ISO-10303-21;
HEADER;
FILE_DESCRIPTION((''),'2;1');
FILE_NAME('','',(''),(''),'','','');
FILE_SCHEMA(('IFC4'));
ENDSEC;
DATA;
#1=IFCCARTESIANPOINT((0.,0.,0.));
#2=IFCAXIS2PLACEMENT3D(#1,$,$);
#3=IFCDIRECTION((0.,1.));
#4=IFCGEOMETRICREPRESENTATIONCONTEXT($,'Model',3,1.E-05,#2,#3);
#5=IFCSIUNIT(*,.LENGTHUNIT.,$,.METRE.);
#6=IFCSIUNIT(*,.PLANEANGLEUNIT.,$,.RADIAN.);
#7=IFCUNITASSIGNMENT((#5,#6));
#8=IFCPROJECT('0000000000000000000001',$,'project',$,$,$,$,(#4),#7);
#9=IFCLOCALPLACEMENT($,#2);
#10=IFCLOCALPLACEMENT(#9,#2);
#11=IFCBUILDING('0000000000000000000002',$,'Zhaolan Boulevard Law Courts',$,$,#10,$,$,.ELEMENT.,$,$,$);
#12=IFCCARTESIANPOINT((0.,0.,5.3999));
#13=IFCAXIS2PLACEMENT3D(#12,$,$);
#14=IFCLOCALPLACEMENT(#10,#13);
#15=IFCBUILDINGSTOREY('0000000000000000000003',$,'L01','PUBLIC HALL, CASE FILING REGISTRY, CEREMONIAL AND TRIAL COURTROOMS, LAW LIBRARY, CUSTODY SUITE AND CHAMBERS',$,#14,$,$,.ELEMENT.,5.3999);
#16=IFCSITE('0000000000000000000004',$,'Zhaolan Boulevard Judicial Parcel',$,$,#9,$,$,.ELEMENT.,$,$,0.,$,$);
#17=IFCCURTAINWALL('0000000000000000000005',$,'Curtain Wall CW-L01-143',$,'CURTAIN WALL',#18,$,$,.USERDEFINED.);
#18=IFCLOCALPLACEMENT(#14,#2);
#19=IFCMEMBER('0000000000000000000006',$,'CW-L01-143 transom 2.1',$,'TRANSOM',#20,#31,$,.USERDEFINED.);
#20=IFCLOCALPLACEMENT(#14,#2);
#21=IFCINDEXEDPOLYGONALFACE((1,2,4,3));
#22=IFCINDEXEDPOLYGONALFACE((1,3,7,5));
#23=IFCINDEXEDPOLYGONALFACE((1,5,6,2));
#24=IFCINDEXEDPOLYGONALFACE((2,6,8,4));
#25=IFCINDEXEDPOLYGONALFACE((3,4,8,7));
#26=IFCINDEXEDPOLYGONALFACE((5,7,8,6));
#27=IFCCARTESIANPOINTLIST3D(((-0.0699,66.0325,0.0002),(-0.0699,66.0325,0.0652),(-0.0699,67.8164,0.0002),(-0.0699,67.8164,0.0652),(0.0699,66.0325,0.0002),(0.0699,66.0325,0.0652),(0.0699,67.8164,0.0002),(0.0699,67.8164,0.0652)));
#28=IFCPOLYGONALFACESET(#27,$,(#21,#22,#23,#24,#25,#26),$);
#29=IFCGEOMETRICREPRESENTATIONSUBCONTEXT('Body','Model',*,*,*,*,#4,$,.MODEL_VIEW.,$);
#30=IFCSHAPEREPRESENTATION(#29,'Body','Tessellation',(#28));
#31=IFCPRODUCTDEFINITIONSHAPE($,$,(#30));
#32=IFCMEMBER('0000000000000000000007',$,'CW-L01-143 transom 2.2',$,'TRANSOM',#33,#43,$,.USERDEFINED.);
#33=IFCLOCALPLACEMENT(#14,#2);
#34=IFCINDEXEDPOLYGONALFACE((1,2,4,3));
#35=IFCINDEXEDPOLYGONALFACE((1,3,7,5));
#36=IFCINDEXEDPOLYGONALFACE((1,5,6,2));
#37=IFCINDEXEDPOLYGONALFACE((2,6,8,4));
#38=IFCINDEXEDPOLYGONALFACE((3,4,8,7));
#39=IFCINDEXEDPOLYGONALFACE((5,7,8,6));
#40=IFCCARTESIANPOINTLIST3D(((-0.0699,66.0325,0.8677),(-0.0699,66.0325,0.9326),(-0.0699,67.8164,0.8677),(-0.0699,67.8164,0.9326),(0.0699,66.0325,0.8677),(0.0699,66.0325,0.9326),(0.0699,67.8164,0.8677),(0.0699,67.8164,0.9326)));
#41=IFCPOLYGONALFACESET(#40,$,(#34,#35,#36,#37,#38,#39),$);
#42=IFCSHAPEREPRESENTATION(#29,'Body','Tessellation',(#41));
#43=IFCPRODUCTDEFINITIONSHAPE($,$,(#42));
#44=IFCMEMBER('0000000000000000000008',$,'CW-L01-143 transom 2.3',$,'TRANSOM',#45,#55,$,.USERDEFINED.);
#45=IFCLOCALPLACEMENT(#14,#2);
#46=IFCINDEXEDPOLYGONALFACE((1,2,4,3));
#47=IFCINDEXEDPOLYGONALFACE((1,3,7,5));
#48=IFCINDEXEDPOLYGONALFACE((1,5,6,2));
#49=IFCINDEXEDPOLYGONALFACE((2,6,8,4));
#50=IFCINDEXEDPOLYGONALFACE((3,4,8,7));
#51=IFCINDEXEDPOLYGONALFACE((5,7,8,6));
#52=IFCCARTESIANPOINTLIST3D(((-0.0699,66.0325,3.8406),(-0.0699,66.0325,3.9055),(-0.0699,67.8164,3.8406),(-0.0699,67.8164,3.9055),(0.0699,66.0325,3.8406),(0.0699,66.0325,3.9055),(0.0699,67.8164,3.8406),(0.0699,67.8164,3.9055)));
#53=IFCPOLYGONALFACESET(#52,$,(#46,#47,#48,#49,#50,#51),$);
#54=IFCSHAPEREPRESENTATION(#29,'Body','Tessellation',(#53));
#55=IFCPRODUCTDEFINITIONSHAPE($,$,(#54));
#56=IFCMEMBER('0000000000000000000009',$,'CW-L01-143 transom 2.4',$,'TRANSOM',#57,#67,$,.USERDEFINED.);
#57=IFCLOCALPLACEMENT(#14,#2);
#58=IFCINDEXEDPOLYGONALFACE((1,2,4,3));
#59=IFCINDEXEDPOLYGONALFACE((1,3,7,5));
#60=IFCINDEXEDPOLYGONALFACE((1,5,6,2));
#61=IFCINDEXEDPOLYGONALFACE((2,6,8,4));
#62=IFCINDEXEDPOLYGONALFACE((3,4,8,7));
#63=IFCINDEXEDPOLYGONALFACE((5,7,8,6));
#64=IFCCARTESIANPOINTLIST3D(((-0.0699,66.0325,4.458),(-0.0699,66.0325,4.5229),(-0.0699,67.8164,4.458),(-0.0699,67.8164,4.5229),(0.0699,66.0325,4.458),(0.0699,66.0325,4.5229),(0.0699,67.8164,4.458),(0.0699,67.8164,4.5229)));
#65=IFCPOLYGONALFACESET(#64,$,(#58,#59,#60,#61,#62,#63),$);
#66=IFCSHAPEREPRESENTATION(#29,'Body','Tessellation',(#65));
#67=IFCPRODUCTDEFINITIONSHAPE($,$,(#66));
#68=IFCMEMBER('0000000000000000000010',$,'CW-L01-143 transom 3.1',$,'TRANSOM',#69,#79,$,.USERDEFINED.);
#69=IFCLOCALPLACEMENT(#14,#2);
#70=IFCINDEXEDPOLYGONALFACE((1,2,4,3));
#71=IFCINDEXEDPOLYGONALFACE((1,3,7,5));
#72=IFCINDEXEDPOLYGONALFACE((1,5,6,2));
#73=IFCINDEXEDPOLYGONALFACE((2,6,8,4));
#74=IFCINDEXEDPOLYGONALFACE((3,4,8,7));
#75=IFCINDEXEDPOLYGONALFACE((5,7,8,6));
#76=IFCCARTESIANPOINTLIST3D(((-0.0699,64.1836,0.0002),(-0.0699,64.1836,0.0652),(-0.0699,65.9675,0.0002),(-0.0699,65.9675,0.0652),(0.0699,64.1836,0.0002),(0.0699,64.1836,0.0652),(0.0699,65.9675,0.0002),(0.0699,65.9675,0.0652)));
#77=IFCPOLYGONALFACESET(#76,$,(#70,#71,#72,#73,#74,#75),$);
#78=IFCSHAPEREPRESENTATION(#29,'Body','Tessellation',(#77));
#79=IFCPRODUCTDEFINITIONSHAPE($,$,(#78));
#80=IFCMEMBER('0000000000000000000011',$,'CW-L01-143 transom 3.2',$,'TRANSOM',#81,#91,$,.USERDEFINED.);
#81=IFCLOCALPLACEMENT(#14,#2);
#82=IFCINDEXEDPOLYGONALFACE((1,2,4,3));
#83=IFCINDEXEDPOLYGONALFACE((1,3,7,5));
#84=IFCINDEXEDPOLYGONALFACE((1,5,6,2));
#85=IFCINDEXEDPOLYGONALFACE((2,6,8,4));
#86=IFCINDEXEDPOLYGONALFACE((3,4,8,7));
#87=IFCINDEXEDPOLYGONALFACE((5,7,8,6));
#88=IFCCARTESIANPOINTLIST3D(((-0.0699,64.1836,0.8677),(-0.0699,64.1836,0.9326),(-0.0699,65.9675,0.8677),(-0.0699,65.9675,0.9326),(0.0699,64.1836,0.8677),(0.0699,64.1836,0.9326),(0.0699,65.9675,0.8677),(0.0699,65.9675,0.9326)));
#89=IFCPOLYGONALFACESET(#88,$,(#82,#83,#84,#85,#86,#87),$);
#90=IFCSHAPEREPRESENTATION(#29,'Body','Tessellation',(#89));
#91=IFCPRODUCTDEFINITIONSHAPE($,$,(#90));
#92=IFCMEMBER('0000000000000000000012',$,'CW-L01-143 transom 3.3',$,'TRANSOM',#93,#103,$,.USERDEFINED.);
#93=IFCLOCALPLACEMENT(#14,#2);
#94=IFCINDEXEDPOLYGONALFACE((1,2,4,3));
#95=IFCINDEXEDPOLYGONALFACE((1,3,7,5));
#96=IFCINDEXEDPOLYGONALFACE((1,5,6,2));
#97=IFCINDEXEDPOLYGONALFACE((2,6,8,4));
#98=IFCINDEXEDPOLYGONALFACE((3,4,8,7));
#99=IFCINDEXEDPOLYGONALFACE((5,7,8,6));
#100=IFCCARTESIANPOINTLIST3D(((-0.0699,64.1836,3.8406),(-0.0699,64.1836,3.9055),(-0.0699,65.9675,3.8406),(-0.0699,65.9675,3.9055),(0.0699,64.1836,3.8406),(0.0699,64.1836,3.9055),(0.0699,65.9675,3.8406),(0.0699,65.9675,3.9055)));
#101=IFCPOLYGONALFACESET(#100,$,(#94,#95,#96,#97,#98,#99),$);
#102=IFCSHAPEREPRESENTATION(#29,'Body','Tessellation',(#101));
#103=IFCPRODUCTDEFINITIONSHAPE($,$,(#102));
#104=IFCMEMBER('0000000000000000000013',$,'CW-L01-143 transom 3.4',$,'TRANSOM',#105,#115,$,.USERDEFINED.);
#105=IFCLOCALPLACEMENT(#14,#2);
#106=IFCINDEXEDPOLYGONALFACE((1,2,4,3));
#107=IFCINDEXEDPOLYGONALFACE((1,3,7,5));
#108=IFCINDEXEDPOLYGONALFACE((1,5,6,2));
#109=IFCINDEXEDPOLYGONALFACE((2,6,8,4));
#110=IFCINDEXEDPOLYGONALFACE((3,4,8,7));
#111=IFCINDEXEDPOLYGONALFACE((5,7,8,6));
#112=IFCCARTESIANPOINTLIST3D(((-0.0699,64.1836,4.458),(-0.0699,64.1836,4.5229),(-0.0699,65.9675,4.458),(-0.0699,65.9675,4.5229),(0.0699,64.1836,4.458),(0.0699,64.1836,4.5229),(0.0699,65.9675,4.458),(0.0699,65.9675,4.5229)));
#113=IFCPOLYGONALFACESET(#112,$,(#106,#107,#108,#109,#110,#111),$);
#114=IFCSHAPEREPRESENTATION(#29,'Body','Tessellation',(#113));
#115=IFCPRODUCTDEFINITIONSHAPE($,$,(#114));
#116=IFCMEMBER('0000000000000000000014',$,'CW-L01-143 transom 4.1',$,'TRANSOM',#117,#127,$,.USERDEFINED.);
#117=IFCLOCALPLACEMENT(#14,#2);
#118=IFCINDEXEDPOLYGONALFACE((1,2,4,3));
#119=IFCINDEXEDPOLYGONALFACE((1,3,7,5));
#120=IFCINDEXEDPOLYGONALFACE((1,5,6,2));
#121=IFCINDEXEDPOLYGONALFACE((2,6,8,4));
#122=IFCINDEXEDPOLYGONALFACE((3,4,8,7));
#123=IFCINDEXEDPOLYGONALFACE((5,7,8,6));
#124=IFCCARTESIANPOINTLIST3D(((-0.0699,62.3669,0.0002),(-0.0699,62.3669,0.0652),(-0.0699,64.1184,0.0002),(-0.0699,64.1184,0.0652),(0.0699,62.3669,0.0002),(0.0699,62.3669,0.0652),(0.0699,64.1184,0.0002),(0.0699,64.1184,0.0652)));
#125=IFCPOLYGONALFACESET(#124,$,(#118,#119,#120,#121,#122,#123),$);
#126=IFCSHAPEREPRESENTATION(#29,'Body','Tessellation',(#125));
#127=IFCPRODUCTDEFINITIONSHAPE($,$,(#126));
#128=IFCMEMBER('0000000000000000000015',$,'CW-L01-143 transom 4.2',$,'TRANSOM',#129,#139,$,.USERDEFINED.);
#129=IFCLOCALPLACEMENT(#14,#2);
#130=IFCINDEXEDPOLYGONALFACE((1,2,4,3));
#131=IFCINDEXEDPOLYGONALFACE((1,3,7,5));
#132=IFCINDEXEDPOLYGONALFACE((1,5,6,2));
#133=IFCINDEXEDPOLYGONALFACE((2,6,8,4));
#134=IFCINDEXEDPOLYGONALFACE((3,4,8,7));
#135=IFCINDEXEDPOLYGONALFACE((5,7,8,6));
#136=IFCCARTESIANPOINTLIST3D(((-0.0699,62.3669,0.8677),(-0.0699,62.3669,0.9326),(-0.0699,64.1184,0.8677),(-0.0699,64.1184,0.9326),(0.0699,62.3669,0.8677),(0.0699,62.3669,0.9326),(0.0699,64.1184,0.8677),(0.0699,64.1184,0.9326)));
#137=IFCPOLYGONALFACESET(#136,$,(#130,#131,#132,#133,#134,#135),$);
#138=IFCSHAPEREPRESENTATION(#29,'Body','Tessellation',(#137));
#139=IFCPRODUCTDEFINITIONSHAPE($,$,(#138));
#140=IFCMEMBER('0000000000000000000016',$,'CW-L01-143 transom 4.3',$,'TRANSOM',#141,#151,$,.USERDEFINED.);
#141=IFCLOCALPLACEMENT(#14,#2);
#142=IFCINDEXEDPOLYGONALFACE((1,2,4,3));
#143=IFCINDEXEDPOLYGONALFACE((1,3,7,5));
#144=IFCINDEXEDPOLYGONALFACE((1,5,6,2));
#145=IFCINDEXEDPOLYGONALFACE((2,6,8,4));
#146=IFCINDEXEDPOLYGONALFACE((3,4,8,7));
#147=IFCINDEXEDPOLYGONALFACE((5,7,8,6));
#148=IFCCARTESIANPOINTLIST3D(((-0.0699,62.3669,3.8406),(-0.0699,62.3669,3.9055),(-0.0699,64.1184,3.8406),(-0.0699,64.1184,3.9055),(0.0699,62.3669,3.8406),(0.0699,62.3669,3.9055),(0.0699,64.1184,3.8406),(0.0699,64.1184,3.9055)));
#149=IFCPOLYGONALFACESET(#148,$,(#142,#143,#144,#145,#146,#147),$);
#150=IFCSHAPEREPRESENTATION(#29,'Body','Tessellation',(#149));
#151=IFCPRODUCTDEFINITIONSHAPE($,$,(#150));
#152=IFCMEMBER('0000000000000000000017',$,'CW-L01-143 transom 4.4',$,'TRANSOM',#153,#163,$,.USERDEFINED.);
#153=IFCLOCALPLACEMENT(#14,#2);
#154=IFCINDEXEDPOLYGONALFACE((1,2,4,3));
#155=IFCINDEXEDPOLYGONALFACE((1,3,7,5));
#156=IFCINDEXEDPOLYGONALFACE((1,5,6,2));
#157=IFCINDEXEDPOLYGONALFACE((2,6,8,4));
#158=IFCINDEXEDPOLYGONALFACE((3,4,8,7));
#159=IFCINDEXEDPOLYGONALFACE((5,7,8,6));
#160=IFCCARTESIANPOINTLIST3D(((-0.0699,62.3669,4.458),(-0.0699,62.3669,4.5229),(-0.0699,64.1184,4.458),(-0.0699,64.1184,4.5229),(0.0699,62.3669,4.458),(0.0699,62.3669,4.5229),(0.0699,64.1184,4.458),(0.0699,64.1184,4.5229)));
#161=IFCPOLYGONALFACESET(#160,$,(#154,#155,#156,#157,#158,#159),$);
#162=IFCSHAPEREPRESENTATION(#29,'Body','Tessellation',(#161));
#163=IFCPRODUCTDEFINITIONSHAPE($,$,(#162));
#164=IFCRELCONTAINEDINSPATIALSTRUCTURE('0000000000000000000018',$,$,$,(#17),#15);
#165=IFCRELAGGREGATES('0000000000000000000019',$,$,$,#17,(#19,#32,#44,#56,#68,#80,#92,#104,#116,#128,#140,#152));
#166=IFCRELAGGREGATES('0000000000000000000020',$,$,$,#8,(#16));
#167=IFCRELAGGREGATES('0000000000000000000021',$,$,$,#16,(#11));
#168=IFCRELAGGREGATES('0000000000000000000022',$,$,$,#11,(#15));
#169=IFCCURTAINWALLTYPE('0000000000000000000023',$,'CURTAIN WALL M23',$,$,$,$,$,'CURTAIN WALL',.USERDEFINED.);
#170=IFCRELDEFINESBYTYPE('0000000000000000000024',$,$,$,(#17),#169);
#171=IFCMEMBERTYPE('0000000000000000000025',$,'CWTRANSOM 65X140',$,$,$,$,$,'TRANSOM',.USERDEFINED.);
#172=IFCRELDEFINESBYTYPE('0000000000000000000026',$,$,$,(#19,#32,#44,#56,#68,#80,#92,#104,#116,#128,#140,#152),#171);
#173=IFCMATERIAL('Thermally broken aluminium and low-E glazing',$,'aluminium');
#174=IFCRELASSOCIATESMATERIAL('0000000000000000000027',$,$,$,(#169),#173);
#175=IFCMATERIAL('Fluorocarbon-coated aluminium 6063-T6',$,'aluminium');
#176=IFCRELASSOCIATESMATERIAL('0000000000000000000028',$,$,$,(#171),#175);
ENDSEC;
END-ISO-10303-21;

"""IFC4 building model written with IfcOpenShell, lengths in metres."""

from ifc_helpers import new_model, si_unit, direction, frame, origin, origin_2d, place, context, subcontext, project, spatial, rectangle, extrude, material, material_profile, profile_set, type_object, element, aggregate, save


model = new_model("IFC4")

# Units and contexts
model_context = context("Model", 3, precision=1e-05, world=origin(), true_north=direction((0.0, 1.0)))
body_context = subcontext(model_context, "Body", "Model", "MODEL_VIEW")
ifc_project = project(units=[si_unit("LENGTHUNIT", "METRE"), si_unit("PLANEANGLEUNIT", "RADIAN")], contexts=[model_context])

# Site, building, storey
site_placement = place(None, origin())
site = spatial("IfcSite", under=ifc_project, at=site_placement, Name="Zhaolan Boulevard Judicial Parcel", CompositionType="ELEMENT", RefElevation=0.0)
building_placement = place(site_placement, origin())
building = spatial("IfcBuilding", under=site, at=building_placement, Name="Zhaolan Boulevard Law Courts", CompositionType="ELEMENT")
storey_placement = place(building_placement, frame((0.0, 0.0, 5.3999)))
storey = spatial("IfcBuildingStorey", under=building, at=storey_placement, Name="L01", Description="PUBLIC HALL, CASE FILING REGISTRY, CEREMONIAL AND TRIAL COURTROOMS, LAW LIBRARY, CUSTODY SUITE AND CHAMBERS", CompositionType="ELEMENT", Elevation=5.3999)

# Curtain wall, members
ifc_material_1 = material(Name="Thermally broken aluminium and low-E glazing", Category="aluminium")
curtain_wall_type = type_object("IfcCurtainWallType", Name="CURTAIN WALL M23", ElementType="CURTAIN WALL", PredefinedType="USERDEFINED", material=ifc_material_1)
curtain_wall_placement = place(storey_placement, origin())
curtain_wall = element("IfcCurtainWall", 1, at=curtain_wall_placement, inside=storey, type_object=curtain_wall_type, Name="Curtain Wall CW-L01-143", ObjectType="CURTAIN WALL", PredefinedType="USERDEFINED")
ifc_material_2 = material(Name="Fluorocarbon-coated aluminium 6063-T6", Category="aluminium")
ifc_material_profile_1 = material_profile(ifc_material_2, rectangle(XDim=0.1399, YDim=0.0649, at=origin_2d()), Name="AL65x140")
ifc_profile_set_1 = profile_set([ifc_material_profile_1], Name="Fluorocarbon-coated aluminium 6063-T6")
member_type_1 = type_object("IfcMemberType", Name="CWTRANSOM 65X140", ElementType="TRANSOM", PredefinedType="USERDEFINED", material=ifc_profile_set_1)
member_1_placement = place(storey_placement, frame((0.0, 67.8164, 0.0327), z_axis=(0.0, -1.0, 0.0), x_axis=(1.0, 0.0, 0.0)))
member_1 = element("IfcMember", 2, at=member_1_placement, type_object=member_type_1, Name="CW-L01-143 transom 2.1", ObjectType="TRANSOM", PredefinedType="USERDEFINED", context=body_context, shape_type="SweptSolid", body=[
    extrude(rectangle(XDim=0.1399, YDim=0.0649, at=origin_2d()), origin(), (0.0, 0.0, 1.0), 1.7839),
])
member_2_placement = place(storey_placement, frame((0.0, 67.8164, 0.9001), z_axis=(0.0, -1.0, 0.0), x_axis=(1.0, 0.0, 0.0)))
member_2 = element("IfcMember", 3, at=member_2_placement, type_object=member_type_1, Name="CW-L01-143 transom 2.2", ObjectType="TRANSOM", PredefinedType="USERDEFINED", context=body_context, shape_type="SweptSolid", body=[
    extrude(rectangle(XDim=0.1399, YDim=0.0649, at=origin_2d()), origin(), (0.0, 0.0, 1.0), 1.7839),
])
member_3_placement = place(storey_placement, frame((0.0, 67.8164, 3.873), z_axis=(0.0, -1.0, 0.0), x_axis=(1.0, 0.0, 0.0)))
member_3 = element("IfcMember", 4, at=member_3_placement, type_object=member_type_1, Name="CW-L01-143 transom 2.3", ObjectType="TRANSOM", PredefinedType="USERDEFINED", context=body_context, shape_type="SweptSolid", body=[
    extrude(rectangle(XDim=0.1399, YDim=0.0649, at=origin_2d()), origin(), (0.0, 0.0, 1.0), 1.7839),
])
member_4_placement = place(storey_placement, frame((0.0, 67.8164, 4.4905), z_axis=(0.0, -1.0, 0.0), x_axis=(1.0, 0.0, 0.0)))
member_4 = element("IfcMember", 5, at=member_4_placement, type_object=member_type_1, Name="CW-L01-143 transom 2.4", ObjectType="TRANSOM", PredefinedType="USERDEFINED", context=body_context, shape_type="SweptSolid", body=[
    extrude(rectangle(XDim=0.1399, YDim=0.0649, at=origin_2d()), origin(), (0.0, 0.0, 1.0), 1.7839),
])
member_5_placement = place(storey_placement, frame((0.0, 65.9675, 0.0327), z_axis=(0.0, -1.0, 0.0), x_axis=(1.0, 0.0, 0.0)))
member_5 = element("IfcMember", 6, at=member_5_placement, type_object=member_type_1, Name="CW-L01-143 transom 3.1", ObjectType="TRANSOM", PredefinedType="USERDEFINED", context=body_context, shape_type="SweptSolid", body=[
    extrude(rectangle(XDim=0.1399, YDim=0.0649, at=origin_2d()), origin(), (0.0, 0.0, 1.0), 1.7839),
])
member_6_placement = place(storey_placement, frame((0.0, 65.9675, 0.9001), z_axis=(0.0, -1.0, 0.0), x_axis=(1.0, 0.0, 0.0)))
member_6 = element("IfcMember", 7, at=member_6_placement, type_object=member_type_1, Name="CW-L01-143 transom 3.2", ObjectType="TRANSOM", PredefinedType="USERDEFINED", context=body_context, shape_type="SweptSolid", body=[
    extrude(rectangle(XDim=0.1399, YDim=0.0649, at=origin_2d()), origin(), (0.0, 0.0, 1.0), 1.7839),
])
member_7_placement = place(storey_placement, frame((0.0, 65.9675, 3.873), z_axis=(0.0, -1.0, 0.0), x_axis=(1.0, 0.0, 0.0)))
member_7 = element("IfcMember", 8, at=member_7_placement, type_object=member_type_1, Name="CW-L01-143 transom 3.3", ObjectType="TRANSOM", PredefinedType="USERDEFINED", context=body_context, shape_type="SweptSolid", body=[
    extrude(rectangle(XDim=0.1399, YDim=0.0649, at=origin_2d()), origin(), (0.0, 0.0, 1.0), 1.7839),
])
member_8_placement = place(storey_placement, frame((0.0, 65.9675, 4.4905), z_axis=(0.0, -1.0, 0.0), x_axis=(1.0, 0.0, 0.0)))
member_8 = element("IfcMember", 9, at=member_8_placement, type_object=member_type_1, Name="CW-L01-143 transom 3.4", ObjectType="TRANSOM", PredefinedType="USERDEFINED", context=body_context, shape_type="SweptSolid", body=[
    extrude(rectangle(XDim=0.1399, YDim=0.0649, at=origin_2d()), origin(), (0.0, 0.0, 1.0), 1.7839),
])
member_9_placement = place(storey_placement, frame((0.0, 64.1184, 0.0327), z_axis=(0.0, -1.0, 0.0), x_axis=(1.0, 0.0, 0.0)))
member_9 = element("IfcMember", 10, at=member_9_placement, type_object=member_type_1, Name="CW-L01-143 transom 4.1", ObjectType="TRANSOM", PredefinedType="USERDEFINED", context=body_context, shape_type="SweptSolid", body=[
    extrude(rectangle(XDim=0.1399, YDim=0.0649, at=origin_2d()), origin(), (0.0, 0.0, 1.0), 1.7515),
])
member_10_placement = place(storey_placement, frame((0.0, 64.1184, 0.9001), z_axis=(0.0, -1.0, 0.0), x_axis=(1.0, 0.0, 0.0)))
member_10 = element("IfcMember", 11, at=member_10_placement, type_object=member_type_1, Name="CW-L01-143 transom 4.2", ObjectType="TRANSOM", PredefinedType="USERDEFINED", context=body_context, shape_type="SweptSolid", body=[
    extrude(rectangle(XDim=0.1399, YDim=0.0649, at=origin_2d()), origin(), (0.0, 0.0, 1.0), 1.7515),
])
member_11_placement = place(storey_placement, frame((0.0, 64.1184, 3.873), z_axis=(0.0, -1.0, 0.0), x_axis=(1.0, 0.0, 0.0)))
member_11 = element("IfcMember", 12, at=member_11_placement, type_object=member_type_1, Name="CW-L01-143 transom 4.3", ObjectType="TRANSOM", PredefinedType="USERDEFINED", context=body_context, shape_type="SweptSolid", body=[
    extrude(rectangle(XDim=0.1399, YDim=0.0649, at=origin_2d()), origin(), (0.0, 0.0, 1.0), 1.7515),
])
member_12_placement = place(storey_placement, frame((0.0, 64.1184, 4.4905), z_axis=(0.0, -1.0, 0.0), x_axis=(1.0, 0.0, 0.0)))
member_12 = element("IfcMember", 13, at=member_12_placement, type_object=member_type_1, Name="CW-L01-143 transom 4.4", ObjectType="TRANSOM", PredefinedType="USERDEFINED", context=body_context, shape_type="SweptSolid", body=[
    extrude(rectangle(XDim=0.1399, YDim=0.0649, at=origin_2d()), origin(), (0.0, 0.0, 1.0), 1.7515),
])

aggregate(curtain_wall, [member_1, member_2, member_3, member_4, member_5, member_6, member_7, member_8, member_9, member_10, member_11, member_12])

save(model, "model.ifc")
